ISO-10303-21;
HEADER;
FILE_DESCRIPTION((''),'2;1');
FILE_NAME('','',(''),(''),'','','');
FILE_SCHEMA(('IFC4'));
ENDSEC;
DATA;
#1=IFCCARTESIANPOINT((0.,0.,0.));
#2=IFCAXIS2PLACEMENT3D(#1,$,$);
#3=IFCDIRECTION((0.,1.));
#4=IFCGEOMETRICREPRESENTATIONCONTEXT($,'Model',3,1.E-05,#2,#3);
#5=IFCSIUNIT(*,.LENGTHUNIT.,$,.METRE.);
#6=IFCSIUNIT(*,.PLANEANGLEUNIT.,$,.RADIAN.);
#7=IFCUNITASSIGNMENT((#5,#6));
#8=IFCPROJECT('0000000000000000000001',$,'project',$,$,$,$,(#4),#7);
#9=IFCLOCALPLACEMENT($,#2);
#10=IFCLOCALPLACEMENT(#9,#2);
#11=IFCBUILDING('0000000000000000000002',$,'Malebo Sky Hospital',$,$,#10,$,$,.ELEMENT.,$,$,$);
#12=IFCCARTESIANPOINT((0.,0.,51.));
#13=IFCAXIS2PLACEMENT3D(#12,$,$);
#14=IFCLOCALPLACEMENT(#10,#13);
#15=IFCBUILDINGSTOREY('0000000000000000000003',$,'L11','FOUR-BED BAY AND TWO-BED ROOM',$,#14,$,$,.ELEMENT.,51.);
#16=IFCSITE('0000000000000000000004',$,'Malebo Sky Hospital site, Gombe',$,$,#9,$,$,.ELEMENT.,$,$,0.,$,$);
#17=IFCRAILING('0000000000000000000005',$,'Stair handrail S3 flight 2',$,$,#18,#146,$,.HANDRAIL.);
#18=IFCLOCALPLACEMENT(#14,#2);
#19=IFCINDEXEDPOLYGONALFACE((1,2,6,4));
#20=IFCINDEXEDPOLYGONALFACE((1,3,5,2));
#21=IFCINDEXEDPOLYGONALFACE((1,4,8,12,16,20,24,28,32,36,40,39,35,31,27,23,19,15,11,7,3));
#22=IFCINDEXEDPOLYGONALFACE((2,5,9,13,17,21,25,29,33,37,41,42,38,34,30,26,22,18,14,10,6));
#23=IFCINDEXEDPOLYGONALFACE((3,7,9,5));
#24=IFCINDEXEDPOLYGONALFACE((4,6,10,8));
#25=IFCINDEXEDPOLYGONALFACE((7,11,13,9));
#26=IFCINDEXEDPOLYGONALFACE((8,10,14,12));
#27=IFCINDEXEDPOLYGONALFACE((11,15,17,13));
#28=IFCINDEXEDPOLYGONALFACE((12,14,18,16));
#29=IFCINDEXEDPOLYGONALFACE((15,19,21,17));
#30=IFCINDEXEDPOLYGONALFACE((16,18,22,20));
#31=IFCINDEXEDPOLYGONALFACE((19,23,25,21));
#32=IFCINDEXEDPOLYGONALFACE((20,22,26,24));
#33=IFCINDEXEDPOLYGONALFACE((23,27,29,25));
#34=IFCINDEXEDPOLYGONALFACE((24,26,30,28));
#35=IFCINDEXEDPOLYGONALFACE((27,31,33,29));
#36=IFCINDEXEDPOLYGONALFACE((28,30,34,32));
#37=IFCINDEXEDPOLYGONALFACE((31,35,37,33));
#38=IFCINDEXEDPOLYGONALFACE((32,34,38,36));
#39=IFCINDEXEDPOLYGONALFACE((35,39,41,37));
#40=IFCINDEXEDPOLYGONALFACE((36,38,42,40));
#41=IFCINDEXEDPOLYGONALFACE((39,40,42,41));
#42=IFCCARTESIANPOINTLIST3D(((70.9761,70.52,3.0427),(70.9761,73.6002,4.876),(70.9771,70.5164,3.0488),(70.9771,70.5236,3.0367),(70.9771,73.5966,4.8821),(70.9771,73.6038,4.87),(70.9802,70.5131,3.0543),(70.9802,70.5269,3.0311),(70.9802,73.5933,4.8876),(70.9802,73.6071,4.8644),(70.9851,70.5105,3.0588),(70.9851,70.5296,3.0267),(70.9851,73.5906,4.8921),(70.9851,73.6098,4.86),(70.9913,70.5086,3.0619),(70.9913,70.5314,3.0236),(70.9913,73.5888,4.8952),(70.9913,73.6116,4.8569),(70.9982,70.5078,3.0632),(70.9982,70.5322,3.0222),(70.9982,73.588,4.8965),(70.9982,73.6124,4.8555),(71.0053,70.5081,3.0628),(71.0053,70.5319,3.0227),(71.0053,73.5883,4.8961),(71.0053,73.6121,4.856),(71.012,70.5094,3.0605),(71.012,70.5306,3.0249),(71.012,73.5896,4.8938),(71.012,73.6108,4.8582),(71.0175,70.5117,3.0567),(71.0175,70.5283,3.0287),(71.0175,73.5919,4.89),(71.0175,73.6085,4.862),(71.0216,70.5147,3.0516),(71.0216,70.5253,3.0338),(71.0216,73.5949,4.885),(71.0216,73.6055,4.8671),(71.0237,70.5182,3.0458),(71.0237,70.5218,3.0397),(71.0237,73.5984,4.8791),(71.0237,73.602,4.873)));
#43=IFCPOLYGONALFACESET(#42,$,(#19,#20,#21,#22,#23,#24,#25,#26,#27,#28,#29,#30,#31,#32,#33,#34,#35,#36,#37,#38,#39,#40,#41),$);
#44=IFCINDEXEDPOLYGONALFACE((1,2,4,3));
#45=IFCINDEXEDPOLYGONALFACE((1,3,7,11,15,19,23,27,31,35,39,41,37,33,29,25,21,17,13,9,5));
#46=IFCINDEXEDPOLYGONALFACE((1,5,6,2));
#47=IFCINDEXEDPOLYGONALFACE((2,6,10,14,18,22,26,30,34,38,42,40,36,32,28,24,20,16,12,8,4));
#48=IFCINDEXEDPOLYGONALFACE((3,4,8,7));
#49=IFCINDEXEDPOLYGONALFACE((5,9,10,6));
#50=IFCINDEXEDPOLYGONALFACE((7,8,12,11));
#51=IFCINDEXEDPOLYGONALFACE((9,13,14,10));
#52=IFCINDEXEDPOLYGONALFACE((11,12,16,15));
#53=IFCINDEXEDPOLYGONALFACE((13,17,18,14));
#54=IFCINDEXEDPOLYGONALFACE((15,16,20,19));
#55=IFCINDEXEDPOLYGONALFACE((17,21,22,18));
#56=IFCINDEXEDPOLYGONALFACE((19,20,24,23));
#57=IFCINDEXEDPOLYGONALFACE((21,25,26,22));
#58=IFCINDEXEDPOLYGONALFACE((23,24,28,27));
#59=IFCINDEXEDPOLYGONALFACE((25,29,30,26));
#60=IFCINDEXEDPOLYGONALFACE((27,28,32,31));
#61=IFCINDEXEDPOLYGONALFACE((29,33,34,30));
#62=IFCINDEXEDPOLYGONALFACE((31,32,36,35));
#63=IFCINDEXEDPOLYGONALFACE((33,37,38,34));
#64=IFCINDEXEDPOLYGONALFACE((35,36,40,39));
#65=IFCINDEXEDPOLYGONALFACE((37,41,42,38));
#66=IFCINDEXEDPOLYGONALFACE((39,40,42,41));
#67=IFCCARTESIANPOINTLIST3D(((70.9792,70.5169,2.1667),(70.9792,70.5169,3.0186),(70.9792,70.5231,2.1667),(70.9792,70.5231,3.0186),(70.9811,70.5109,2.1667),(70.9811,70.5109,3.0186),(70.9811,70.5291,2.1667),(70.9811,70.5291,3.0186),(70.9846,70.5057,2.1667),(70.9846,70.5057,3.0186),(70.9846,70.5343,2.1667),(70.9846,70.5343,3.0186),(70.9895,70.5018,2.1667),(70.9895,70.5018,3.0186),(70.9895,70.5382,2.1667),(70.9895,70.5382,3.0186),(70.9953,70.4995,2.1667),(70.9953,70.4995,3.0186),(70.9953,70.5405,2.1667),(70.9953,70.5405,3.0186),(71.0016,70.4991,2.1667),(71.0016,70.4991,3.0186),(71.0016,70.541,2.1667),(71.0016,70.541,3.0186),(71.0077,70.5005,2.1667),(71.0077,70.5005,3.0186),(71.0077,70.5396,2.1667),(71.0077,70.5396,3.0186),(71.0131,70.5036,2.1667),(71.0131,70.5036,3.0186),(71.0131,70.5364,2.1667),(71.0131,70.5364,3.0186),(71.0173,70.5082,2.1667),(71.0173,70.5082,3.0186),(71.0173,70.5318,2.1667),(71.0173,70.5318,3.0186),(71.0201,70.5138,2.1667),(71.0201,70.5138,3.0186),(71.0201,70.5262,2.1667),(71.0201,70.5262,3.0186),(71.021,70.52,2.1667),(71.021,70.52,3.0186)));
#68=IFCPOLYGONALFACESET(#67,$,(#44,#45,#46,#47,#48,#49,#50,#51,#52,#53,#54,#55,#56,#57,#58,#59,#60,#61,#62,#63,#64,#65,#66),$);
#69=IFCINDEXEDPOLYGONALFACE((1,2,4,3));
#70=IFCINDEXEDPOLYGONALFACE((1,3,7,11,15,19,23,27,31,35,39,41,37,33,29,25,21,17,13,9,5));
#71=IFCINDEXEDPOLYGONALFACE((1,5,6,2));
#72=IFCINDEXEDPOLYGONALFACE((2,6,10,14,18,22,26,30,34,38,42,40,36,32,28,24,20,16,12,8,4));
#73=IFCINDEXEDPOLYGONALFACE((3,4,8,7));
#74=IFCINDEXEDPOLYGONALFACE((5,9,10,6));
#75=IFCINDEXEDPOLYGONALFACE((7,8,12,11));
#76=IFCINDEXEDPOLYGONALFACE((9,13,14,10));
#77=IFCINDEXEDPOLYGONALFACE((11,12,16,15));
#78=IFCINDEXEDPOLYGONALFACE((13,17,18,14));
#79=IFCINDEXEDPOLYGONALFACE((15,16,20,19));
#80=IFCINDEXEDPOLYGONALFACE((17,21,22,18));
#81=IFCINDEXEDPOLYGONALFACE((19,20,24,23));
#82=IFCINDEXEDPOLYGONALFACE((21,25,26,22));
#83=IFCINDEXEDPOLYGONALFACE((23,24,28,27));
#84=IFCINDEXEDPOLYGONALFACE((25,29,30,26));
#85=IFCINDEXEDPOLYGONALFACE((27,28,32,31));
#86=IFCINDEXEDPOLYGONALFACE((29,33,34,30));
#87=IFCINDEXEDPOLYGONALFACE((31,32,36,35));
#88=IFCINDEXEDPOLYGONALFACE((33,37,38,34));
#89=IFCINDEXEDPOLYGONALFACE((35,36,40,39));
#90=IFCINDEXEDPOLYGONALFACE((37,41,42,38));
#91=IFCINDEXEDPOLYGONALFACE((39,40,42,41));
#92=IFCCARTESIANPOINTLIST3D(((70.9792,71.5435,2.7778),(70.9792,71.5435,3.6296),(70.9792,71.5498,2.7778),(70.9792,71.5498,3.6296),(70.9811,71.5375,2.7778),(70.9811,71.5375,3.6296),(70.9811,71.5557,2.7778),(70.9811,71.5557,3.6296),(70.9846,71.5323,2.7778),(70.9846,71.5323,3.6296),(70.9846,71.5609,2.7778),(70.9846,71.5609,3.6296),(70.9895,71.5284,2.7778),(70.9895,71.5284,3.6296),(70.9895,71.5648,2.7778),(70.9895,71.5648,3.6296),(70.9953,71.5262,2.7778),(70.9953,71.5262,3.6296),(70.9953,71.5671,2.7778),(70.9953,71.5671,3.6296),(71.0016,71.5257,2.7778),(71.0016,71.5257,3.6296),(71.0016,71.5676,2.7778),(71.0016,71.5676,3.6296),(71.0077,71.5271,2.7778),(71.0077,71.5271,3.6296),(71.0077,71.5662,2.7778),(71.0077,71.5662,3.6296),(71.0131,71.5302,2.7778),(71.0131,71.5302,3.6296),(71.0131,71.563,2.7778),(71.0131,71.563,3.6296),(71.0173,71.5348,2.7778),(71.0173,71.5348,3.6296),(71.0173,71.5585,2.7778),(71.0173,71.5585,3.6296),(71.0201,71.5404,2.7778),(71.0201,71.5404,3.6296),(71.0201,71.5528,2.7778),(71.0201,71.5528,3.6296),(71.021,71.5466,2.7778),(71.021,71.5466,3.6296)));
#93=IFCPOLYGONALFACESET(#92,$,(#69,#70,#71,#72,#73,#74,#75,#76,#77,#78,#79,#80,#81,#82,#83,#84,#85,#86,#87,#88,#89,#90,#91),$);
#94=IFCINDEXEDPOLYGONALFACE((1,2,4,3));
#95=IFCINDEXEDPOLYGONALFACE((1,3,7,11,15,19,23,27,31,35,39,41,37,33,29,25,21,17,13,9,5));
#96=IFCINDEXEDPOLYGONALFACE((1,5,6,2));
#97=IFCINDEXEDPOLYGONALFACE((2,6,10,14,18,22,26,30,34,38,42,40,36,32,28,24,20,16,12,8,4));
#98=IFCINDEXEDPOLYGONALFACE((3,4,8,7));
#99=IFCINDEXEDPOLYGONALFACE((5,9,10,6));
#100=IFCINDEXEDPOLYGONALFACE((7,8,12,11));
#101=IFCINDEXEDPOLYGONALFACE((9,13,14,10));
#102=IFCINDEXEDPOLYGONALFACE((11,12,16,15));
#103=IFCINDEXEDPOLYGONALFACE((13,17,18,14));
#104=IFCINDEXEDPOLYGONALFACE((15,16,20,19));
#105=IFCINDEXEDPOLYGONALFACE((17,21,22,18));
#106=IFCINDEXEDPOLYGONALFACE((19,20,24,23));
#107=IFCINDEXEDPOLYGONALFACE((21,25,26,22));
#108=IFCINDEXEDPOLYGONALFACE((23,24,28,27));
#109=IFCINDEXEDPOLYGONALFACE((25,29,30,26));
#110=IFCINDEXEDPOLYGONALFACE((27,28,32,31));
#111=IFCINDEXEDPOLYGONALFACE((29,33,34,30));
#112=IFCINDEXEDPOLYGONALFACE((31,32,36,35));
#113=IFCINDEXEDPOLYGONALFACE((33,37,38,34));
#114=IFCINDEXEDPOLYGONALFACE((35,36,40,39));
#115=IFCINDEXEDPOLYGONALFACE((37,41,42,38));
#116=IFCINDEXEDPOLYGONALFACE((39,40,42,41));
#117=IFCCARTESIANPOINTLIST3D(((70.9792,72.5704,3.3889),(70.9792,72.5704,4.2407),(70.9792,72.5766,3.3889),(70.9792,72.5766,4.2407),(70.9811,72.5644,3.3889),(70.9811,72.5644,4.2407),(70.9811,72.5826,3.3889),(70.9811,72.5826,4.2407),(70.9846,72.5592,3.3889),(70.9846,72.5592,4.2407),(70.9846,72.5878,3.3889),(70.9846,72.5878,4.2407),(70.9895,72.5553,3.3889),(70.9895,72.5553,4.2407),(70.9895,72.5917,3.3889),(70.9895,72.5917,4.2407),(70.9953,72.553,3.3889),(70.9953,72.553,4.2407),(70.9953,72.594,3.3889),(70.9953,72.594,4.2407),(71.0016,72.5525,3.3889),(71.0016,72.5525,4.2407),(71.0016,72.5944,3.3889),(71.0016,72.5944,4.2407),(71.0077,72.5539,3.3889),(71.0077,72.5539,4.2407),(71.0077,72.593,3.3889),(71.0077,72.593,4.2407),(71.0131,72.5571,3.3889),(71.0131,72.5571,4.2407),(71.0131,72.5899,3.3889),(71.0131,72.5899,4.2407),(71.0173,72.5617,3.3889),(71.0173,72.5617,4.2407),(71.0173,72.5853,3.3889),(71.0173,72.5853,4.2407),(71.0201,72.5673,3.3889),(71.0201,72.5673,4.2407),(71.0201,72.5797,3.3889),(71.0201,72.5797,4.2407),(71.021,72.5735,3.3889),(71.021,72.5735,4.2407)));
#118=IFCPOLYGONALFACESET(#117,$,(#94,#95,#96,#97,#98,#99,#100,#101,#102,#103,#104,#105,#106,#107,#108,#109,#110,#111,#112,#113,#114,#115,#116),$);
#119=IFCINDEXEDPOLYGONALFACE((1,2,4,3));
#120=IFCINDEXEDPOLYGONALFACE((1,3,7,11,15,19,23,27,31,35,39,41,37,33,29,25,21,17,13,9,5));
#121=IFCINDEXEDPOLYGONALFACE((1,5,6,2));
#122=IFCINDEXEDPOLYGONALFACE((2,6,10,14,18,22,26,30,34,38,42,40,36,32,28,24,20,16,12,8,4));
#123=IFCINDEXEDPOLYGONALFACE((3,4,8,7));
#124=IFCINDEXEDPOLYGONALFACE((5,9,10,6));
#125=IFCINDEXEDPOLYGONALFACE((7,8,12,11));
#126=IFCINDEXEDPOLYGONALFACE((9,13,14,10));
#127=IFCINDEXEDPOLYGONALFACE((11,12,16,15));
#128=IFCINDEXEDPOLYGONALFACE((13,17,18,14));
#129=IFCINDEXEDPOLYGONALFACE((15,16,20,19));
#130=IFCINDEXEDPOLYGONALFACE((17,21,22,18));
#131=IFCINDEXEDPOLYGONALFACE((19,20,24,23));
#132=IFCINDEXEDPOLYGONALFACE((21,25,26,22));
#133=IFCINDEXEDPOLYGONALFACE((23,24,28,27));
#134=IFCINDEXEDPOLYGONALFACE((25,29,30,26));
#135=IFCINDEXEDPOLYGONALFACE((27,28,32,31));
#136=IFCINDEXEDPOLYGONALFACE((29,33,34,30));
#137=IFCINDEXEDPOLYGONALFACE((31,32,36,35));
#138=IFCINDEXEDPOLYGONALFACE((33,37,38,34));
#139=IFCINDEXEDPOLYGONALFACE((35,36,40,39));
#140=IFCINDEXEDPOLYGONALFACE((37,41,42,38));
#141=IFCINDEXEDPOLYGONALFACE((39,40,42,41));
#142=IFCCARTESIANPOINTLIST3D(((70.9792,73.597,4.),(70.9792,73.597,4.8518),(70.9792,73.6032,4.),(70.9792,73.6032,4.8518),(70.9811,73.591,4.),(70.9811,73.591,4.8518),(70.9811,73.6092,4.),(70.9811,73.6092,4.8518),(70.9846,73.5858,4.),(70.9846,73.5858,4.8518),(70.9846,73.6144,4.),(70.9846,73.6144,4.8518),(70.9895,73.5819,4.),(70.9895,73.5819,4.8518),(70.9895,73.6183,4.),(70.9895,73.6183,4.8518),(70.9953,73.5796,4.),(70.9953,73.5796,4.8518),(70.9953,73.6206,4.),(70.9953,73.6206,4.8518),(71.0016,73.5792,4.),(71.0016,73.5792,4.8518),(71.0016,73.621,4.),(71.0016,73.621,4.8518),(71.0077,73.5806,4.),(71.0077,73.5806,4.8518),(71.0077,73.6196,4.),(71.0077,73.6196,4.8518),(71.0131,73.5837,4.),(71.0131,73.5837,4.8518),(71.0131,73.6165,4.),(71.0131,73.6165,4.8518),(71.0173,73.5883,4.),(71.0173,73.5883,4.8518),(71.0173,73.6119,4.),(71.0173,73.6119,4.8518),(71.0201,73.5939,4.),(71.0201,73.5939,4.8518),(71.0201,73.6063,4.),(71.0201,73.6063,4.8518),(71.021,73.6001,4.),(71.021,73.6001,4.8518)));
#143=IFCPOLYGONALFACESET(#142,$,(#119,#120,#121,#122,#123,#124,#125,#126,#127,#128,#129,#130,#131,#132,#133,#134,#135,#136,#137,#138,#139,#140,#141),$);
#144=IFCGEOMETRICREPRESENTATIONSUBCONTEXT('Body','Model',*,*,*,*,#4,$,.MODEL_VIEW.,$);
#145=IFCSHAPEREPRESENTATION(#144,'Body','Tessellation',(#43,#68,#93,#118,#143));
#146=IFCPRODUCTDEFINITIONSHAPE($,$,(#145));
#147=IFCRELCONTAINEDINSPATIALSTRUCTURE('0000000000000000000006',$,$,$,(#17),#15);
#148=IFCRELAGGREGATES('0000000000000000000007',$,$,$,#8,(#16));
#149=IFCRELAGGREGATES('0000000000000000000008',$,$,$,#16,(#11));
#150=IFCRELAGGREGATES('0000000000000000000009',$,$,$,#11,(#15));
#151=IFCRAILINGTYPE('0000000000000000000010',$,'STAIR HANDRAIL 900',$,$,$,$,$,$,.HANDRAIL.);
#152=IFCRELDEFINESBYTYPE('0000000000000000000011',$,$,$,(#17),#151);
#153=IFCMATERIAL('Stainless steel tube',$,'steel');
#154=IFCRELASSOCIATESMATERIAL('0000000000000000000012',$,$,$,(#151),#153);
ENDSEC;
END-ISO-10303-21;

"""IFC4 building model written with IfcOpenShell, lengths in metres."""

from ifc_helpers import new_model, si_unit, direction, frame, origin, origin_2d, place, context, subcontext, project, spatial, circle, extrude, material, type_object, element, save


model = new_model("IFC4")

# Units and contexts
model_context = context("Model", 3, precision=1e-05, world=origin(), true_north=direction((0.0, 1.0)))
body_context = subcontext(model_context, "Body", "Model", "MODEL_VIEW")
ifc_project = project(units=[si_unit("LENGTHUNIT", "METRE"), si_unit("PLANEANGLEUNIT", "RADIAN")], contexts=[model_context])

# Site, building, storey
site_placement = place(None, origin())
site = spatial("IfcSite", under=ifc_project, at=site_placement, Name="Malebo Sky Hospital site, Gombe", CompositionType="ELEMENT", RefElevation=0.0)
building_placement = place(site_placement, origin())
building = spatial("IfcBuilding", under=site, at=building_placement, Name="Malebo Sky Hospital", CompositionType="ELEMENT")
storey_placement = place(building_placement, frame((0.0, 0.0, 51.0)))
storey = spatial("IfcBuildingStorey", under=building, at=storey_placement, Name="L11", Description="FOUR-BED BAY AND TWO-BED ROOM", CompositionType="ELEMENT", Elevation=51.0)

# Railing
ifc_material_1 = material(Name="Stainless steel tube", Category="steel")
railing_type = type_object("IfcRailingType", Name="STAIR HANDRAIL 900", PredefinedType="HANDRAIL", material=ifc_material_1)
railing_1_placement = place(storey_placement, frame((71.0, 70.52, 2.1667)))
element("IfcRailing", 1, at=railing_1_placement, inside=storey, type_object=railing_type, Name="Stair handrail S3 flight 2", PredefinedType="HANDRAIL", context=body_context, shape_type="SweptSolid", body=[
    extrude(circle(Radius=0.0239, at=origin_2d()), frame((0.0, 0.0, 0.876), z_axis=(0.0, 0.859309, 0.511458), x_axis=(-1.0, 0.0, 0.0)), (0.0, 0.0, 1.0), 3.5845),
    extrude(circle(Radius=0.021, at=origin_2d()), origin(), (0.0, 0.0, 1.0), 0.8518),
    extrude(circle(Radius=0.021, at=origin_2d()), frame((0.0, 1.0266, 0.6111)), (0.0, 0.0, 1.0), 0.8518),
    extrude(circle(Radius=0.021, at=origin_2d()), frame((0.0, 2.0535, 1.2222)), (0.0, 0.0, 1.0), 0.8518),
    extrude(circle(Radius=0.021, at=origin_2d()), frame((0.0, 3.0801, 1.8333)), (0.0, 0.0, 1.0), 0.8518),
])

save(model, "model.ifc")
